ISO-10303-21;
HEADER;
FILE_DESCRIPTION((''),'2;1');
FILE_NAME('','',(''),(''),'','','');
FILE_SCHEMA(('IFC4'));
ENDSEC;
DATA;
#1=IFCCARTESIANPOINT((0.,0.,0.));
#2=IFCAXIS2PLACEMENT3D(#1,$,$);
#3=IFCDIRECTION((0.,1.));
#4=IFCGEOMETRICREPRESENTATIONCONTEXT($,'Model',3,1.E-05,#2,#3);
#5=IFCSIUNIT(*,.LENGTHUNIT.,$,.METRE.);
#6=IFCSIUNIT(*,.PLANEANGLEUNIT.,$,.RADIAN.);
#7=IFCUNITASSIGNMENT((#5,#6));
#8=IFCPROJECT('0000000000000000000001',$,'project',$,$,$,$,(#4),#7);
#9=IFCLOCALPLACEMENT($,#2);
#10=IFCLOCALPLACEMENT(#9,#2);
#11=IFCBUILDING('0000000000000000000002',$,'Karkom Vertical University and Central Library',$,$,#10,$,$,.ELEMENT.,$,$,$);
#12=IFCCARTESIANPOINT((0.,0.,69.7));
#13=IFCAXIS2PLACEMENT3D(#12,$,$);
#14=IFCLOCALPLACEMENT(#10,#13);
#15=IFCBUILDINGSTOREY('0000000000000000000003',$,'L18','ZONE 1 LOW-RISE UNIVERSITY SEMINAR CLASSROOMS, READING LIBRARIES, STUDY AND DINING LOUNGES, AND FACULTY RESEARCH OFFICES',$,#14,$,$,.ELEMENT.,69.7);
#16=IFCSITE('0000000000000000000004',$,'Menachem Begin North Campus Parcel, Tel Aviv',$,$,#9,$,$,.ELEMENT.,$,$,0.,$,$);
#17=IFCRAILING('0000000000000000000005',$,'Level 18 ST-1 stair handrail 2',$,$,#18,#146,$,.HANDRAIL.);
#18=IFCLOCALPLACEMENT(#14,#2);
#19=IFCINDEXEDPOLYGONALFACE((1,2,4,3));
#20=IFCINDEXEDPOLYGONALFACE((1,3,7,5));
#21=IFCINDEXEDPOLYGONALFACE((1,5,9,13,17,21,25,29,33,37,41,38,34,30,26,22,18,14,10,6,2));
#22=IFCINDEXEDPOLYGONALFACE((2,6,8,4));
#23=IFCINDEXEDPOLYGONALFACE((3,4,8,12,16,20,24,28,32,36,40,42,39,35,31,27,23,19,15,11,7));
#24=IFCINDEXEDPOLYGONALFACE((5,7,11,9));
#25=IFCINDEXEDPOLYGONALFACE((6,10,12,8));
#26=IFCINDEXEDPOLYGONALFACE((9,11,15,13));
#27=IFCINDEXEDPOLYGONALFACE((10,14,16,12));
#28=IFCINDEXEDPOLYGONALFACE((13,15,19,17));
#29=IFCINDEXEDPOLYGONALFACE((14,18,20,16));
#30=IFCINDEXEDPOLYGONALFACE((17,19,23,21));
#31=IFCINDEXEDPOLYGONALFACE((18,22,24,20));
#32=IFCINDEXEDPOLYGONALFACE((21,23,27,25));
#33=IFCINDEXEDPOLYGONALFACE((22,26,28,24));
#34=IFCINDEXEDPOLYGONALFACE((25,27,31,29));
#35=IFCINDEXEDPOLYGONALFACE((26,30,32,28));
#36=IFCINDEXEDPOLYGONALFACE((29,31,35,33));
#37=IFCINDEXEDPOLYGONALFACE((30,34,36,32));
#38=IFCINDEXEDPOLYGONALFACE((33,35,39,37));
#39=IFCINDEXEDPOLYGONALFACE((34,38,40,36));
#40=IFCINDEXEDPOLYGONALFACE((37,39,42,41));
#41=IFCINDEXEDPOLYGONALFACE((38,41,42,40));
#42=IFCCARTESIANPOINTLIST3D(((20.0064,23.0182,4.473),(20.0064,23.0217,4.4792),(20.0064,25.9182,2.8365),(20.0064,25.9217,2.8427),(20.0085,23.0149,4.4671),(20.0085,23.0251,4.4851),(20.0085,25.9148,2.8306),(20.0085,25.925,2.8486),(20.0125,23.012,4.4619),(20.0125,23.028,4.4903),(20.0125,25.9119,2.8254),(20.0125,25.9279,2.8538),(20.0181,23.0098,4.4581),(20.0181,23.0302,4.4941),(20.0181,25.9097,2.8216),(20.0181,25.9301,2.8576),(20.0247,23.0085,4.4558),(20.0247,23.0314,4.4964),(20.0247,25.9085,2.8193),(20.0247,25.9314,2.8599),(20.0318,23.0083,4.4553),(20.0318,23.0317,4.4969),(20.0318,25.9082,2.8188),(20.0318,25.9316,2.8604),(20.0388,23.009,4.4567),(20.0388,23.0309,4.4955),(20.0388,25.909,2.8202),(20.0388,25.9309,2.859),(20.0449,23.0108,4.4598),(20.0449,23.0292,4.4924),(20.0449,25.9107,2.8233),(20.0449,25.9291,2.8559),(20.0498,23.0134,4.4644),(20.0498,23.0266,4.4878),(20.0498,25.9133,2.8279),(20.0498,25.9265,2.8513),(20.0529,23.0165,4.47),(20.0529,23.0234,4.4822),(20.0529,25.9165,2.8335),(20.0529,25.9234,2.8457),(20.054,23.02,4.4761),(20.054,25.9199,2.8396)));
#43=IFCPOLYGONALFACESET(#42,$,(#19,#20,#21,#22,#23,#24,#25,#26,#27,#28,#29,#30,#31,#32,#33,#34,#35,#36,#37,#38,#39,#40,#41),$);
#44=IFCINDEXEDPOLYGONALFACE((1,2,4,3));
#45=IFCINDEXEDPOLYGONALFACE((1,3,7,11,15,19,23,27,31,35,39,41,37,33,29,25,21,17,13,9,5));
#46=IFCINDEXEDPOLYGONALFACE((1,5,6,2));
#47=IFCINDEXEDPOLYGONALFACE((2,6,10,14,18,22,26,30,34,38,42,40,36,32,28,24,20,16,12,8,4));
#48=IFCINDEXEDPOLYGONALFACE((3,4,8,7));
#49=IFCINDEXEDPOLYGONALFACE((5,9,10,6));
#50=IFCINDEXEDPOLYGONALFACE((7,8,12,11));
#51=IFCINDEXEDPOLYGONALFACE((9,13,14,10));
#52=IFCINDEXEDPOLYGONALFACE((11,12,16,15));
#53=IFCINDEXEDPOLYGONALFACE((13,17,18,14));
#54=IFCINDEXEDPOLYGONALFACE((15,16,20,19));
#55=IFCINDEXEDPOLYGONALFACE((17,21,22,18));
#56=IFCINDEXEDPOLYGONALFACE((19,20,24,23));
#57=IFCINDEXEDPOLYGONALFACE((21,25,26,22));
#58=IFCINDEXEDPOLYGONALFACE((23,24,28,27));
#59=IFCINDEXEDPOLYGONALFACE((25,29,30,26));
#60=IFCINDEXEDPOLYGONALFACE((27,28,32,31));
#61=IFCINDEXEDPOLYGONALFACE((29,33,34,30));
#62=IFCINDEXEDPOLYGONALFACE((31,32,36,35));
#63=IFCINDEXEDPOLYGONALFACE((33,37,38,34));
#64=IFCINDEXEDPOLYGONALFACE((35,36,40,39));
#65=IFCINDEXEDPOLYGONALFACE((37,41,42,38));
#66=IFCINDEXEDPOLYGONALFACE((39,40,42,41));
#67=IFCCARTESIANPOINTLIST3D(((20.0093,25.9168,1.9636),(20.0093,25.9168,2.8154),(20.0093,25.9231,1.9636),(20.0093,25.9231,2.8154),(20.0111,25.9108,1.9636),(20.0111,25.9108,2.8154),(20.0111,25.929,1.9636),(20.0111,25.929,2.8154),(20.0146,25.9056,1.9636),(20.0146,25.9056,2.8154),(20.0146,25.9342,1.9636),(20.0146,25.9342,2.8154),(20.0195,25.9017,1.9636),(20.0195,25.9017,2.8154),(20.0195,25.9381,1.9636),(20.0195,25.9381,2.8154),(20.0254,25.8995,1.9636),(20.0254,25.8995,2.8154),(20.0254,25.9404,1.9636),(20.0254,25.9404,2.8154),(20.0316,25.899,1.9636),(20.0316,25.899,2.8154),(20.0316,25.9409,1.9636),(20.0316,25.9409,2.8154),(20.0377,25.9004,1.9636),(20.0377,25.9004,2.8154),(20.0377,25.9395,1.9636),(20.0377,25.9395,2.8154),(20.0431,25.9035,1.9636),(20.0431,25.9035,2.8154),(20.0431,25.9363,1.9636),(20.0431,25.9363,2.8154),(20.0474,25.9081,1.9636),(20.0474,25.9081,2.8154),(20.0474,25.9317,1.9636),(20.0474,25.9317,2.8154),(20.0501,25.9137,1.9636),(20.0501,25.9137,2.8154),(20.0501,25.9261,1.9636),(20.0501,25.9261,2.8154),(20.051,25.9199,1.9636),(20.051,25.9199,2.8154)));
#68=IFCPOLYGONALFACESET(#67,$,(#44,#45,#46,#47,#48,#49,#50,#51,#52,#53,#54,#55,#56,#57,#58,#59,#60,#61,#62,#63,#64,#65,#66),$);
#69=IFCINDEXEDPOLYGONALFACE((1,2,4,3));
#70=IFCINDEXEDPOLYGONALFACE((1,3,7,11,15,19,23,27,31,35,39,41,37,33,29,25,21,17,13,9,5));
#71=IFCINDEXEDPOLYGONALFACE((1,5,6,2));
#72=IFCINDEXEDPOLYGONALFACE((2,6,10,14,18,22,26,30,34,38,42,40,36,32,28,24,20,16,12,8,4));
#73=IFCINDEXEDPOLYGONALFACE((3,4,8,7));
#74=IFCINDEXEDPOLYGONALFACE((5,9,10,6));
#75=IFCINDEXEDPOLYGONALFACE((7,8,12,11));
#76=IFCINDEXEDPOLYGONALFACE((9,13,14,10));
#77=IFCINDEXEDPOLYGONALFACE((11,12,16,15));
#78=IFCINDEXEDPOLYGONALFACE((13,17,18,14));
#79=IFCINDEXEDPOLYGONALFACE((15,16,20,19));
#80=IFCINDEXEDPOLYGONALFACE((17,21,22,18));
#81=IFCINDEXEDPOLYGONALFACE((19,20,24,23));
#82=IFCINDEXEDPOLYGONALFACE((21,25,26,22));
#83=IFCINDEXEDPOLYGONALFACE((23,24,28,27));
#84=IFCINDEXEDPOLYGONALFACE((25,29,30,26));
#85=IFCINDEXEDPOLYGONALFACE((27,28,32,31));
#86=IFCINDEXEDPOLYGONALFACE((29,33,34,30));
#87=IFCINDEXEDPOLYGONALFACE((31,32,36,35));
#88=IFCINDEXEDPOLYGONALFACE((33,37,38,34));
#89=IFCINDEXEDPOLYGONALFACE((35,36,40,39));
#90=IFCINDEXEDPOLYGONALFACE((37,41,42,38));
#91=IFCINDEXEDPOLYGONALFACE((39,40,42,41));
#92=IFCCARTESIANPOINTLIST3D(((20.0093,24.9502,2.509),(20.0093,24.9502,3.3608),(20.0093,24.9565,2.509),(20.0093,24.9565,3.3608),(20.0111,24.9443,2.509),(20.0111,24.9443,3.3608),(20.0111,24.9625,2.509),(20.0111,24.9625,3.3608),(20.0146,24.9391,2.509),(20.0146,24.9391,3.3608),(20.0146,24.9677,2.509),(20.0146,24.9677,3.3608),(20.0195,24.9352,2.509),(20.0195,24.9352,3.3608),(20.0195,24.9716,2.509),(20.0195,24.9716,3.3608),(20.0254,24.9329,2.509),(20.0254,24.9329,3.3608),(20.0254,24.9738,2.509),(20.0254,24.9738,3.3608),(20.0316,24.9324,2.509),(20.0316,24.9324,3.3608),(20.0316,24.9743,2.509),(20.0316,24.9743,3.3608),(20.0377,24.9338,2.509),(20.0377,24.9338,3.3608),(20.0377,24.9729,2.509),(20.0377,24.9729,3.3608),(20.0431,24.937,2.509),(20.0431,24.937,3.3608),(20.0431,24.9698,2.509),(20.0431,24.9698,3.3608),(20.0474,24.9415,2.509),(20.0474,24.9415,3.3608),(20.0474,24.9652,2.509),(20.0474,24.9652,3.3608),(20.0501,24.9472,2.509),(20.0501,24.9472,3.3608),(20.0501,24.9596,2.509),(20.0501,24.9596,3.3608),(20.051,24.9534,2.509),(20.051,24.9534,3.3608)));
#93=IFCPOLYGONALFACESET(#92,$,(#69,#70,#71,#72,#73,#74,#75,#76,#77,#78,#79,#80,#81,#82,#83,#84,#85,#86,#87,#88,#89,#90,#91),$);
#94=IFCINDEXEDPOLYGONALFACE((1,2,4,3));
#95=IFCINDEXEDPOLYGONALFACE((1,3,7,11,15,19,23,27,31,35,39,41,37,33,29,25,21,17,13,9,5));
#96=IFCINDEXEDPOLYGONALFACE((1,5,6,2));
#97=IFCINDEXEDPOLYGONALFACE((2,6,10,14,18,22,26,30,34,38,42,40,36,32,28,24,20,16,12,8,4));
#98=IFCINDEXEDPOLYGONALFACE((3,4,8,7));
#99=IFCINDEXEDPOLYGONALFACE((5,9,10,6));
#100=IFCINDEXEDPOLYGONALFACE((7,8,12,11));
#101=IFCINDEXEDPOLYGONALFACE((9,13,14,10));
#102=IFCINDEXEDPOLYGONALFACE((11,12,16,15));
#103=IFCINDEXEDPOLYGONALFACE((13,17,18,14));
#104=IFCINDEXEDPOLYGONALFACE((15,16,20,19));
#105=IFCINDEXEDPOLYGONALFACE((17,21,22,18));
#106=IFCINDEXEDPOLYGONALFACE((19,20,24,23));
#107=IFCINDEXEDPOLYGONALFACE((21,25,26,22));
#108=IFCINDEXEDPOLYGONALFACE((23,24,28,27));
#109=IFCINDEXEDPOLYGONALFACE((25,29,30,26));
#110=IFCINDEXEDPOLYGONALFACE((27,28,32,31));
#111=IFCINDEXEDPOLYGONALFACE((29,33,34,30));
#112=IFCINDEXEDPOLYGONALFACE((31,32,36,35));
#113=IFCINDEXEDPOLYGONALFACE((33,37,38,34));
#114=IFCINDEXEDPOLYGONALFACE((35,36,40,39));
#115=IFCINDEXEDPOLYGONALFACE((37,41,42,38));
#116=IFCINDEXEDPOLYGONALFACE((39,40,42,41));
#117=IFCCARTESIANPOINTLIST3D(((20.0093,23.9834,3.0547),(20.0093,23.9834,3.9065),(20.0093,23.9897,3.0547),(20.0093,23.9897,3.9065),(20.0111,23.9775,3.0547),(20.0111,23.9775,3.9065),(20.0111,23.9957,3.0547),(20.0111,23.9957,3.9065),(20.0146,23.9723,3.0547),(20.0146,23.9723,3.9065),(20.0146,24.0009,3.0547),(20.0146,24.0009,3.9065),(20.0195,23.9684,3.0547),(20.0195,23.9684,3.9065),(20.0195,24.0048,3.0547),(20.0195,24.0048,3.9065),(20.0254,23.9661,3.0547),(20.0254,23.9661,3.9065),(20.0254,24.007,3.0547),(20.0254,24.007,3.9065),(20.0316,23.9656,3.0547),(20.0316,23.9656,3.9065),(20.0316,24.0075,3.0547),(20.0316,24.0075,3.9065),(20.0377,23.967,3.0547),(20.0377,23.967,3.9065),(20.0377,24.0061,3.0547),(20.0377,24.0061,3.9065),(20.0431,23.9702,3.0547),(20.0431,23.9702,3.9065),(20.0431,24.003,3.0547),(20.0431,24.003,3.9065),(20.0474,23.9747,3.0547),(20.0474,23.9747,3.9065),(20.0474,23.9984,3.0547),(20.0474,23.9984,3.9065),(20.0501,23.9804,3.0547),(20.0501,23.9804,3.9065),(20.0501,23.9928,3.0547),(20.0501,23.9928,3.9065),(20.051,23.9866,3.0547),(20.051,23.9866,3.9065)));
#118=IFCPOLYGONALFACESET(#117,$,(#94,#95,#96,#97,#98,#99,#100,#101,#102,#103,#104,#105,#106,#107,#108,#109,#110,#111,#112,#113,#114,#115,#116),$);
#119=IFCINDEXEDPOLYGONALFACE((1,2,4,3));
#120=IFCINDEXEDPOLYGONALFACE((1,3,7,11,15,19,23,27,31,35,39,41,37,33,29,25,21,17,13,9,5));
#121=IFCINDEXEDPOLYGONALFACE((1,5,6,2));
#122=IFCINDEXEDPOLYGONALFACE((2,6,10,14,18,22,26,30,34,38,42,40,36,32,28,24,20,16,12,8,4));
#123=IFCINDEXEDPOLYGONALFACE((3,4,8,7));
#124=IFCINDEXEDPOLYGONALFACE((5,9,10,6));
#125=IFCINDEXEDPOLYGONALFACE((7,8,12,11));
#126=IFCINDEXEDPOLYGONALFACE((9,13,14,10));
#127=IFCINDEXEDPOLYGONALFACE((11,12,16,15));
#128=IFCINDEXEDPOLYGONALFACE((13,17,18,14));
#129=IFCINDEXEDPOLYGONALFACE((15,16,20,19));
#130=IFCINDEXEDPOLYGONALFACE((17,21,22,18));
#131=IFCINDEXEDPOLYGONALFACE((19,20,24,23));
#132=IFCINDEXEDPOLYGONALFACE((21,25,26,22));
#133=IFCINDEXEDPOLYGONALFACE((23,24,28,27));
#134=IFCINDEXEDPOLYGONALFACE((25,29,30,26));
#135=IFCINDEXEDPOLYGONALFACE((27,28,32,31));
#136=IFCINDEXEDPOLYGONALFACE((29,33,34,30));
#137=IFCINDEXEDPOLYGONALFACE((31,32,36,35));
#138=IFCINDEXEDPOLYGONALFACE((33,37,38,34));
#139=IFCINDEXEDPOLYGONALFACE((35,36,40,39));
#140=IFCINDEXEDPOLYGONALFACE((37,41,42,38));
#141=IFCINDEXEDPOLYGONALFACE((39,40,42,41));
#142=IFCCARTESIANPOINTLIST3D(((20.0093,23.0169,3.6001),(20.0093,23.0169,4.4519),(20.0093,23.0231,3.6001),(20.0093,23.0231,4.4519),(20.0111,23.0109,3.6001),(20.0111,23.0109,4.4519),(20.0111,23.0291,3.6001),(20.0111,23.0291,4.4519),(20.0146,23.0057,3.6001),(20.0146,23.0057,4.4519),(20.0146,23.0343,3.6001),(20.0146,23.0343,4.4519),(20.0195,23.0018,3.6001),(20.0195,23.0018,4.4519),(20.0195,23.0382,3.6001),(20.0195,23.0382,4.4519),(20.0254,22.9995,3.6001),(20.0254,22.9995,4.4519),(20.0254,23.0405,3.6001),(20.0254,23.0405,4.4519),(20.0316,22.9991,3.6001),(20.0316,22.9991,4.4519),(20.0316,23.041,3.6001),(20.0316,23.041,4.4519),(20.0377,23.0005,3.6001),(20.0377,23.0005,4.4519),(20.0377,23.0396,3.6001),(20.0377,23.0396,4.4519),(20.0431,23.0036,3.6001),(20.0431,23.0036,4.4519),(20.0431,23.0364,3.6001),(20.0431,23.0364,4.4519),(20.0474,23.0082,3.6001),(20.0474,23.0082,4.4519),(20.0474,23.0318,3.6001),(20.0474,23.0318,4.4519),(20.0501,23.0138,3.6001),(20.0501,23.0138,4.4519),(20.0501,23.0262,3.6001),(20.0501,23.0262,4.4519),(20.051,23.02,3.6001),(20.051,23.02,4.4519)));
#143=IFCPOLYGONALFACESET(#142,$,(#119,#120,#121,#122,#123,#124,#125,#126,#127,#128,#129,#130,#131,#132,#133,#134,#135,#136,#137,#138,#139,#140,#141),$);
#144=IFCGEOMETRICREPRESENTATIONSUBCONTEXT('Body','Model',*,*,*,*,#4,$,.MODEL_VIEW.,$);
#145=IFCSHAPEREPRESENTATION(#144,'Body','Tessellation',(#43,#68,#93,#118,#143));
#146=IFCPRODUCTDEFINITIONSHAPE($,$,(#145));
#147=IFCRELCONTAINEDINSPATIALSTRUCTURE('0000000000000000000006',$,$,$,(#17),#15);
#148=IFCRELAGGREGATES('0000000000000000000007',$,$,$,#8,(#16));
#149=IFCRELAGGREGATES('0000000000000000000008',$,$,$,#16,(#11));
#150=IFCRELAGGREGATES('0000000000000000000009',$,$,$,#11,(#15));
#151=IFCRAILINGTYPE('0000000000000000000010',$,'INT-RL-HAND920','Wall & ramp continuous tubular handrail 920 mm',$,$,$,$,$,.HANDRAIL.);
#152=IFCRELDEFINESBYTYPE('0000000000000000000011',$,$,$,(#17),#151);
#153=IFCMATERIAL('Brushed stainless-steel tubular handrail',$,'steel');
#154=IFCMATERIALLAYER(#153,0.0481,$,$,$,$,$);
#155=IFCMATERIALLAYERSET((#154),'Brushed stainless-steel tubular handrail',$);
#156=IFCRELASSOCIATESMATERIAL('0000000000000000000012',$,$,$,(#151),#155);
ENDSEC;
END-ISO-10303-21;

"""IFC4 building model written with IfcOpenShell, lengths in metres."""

from ifc_helpers import new_model, si_unit, direction, frame, origin, origin_2d, place, context, subcontext, project, spatial, circle, extrude, material, layer, layer_set, type_object, element, save


model = new_model("IFC4")

# Units and contexts
model_context = context("Model", 3, precision=1e-05, world=origin(), true_north=direction((0.0, 1.0)))
body_context = subcontext(model_context, "Body", "Model", "MODEL_VIEW")
ifc_project = project(units=[si_unit("LENGTHUNIT", "METRE"), si_unit("PLANEANGLEUNIT", "RADIAN")], contexts=[model_context])

# Site, building, storey
site_placement = place(None, origin())
site = spatial("IfcSite", under=ifc_project, at=site_placement, Name="Menachem Begin North Campus Parcel, Tel Aviv", CompositionType="ELEMENT", RefElevation=0.0)
building_placement = place(site_placement, origin())
building = spatial("IfcBuilding", under=site, at=building_placement, Name="Karkom Vertical University and Central Library", CompositionType="ELEMENT")
storey_placement = place(building_placement, frame((0.0, 0.0, 69.7)))
storey = spatial("IfcBuildingStorey", under=building, at=storey_placement, Name="L18", Description="ZONE 1 LOW-RISE UNIVERSITY SEMINAR CLASSROOMS, READING LIBRARIES, STUDY AND DINING LOUNGES, AND FACULTY RESEARCH OFFICES", CompositionType="ELEMENT", Elevation=69.7)

# Railing
ifc_material_1 = material(Name="Brushed stainless-steel tubular handrail", Category="steel")
ifc_layer_1 = layer(ifc_material_1, 0.0481)
ifc_layer_set_1 = layer_set([ifc_layer_1], Name="Brushed stainless-steel tubular handrail")
railing_type_1 = type_object("IfcRailingType", Name="INT-RL-HAND920", Description="Wall & ramp continuous tubular handrail 920 mm", PredefinedType="HANDRAIL", material=ifc_layer_set_1)
railing_1_placement = place(storey_placement, frame((20.03, 25.9199, 1.9636)))
element("IfcRailing", 1, at=railing_1_placement, inside=storey, type_object=railing_type_1, Name="Level 18 ST-1 stair handrail 2", PredefinedType="HANDRAIL", context=body_context, shape_type="SweptSolid", body=[
    extrude(circle(Radius=0.0239, at=origin_2d()), frame((0.0, 0.0, 0.876), z_axis=(0.0, -0.870897, 0.491465), x_axis=(1.0, 0.0, 0.0)), (0.0, 0.0, 1.0), 3.3298),
    extrude(circle(Radius=0.021, at=origin_2d()), origin(), (0.0, 0.0, 1.0), 0.8518),
    extrude(circle(Radius=0.021, at=origin_2d()), frame((0.0, -0.9666, 0.5454)), (0.0, 0.0, 1.0), 0.8518),
    extrude(circle(Radius=0.021, at=origin_2d()), frame((0.0, -1.9333, 1.0911)), (0.0, 0.0, 1.0), 0.8518),
    extrude(circle(Radius=0.021, at=origin_2d()), frame((0.0, -2.8999, 1.6365)), (0.0, 0.0, 1.0), 0.8518),
])

save(model, "model.ifc")
